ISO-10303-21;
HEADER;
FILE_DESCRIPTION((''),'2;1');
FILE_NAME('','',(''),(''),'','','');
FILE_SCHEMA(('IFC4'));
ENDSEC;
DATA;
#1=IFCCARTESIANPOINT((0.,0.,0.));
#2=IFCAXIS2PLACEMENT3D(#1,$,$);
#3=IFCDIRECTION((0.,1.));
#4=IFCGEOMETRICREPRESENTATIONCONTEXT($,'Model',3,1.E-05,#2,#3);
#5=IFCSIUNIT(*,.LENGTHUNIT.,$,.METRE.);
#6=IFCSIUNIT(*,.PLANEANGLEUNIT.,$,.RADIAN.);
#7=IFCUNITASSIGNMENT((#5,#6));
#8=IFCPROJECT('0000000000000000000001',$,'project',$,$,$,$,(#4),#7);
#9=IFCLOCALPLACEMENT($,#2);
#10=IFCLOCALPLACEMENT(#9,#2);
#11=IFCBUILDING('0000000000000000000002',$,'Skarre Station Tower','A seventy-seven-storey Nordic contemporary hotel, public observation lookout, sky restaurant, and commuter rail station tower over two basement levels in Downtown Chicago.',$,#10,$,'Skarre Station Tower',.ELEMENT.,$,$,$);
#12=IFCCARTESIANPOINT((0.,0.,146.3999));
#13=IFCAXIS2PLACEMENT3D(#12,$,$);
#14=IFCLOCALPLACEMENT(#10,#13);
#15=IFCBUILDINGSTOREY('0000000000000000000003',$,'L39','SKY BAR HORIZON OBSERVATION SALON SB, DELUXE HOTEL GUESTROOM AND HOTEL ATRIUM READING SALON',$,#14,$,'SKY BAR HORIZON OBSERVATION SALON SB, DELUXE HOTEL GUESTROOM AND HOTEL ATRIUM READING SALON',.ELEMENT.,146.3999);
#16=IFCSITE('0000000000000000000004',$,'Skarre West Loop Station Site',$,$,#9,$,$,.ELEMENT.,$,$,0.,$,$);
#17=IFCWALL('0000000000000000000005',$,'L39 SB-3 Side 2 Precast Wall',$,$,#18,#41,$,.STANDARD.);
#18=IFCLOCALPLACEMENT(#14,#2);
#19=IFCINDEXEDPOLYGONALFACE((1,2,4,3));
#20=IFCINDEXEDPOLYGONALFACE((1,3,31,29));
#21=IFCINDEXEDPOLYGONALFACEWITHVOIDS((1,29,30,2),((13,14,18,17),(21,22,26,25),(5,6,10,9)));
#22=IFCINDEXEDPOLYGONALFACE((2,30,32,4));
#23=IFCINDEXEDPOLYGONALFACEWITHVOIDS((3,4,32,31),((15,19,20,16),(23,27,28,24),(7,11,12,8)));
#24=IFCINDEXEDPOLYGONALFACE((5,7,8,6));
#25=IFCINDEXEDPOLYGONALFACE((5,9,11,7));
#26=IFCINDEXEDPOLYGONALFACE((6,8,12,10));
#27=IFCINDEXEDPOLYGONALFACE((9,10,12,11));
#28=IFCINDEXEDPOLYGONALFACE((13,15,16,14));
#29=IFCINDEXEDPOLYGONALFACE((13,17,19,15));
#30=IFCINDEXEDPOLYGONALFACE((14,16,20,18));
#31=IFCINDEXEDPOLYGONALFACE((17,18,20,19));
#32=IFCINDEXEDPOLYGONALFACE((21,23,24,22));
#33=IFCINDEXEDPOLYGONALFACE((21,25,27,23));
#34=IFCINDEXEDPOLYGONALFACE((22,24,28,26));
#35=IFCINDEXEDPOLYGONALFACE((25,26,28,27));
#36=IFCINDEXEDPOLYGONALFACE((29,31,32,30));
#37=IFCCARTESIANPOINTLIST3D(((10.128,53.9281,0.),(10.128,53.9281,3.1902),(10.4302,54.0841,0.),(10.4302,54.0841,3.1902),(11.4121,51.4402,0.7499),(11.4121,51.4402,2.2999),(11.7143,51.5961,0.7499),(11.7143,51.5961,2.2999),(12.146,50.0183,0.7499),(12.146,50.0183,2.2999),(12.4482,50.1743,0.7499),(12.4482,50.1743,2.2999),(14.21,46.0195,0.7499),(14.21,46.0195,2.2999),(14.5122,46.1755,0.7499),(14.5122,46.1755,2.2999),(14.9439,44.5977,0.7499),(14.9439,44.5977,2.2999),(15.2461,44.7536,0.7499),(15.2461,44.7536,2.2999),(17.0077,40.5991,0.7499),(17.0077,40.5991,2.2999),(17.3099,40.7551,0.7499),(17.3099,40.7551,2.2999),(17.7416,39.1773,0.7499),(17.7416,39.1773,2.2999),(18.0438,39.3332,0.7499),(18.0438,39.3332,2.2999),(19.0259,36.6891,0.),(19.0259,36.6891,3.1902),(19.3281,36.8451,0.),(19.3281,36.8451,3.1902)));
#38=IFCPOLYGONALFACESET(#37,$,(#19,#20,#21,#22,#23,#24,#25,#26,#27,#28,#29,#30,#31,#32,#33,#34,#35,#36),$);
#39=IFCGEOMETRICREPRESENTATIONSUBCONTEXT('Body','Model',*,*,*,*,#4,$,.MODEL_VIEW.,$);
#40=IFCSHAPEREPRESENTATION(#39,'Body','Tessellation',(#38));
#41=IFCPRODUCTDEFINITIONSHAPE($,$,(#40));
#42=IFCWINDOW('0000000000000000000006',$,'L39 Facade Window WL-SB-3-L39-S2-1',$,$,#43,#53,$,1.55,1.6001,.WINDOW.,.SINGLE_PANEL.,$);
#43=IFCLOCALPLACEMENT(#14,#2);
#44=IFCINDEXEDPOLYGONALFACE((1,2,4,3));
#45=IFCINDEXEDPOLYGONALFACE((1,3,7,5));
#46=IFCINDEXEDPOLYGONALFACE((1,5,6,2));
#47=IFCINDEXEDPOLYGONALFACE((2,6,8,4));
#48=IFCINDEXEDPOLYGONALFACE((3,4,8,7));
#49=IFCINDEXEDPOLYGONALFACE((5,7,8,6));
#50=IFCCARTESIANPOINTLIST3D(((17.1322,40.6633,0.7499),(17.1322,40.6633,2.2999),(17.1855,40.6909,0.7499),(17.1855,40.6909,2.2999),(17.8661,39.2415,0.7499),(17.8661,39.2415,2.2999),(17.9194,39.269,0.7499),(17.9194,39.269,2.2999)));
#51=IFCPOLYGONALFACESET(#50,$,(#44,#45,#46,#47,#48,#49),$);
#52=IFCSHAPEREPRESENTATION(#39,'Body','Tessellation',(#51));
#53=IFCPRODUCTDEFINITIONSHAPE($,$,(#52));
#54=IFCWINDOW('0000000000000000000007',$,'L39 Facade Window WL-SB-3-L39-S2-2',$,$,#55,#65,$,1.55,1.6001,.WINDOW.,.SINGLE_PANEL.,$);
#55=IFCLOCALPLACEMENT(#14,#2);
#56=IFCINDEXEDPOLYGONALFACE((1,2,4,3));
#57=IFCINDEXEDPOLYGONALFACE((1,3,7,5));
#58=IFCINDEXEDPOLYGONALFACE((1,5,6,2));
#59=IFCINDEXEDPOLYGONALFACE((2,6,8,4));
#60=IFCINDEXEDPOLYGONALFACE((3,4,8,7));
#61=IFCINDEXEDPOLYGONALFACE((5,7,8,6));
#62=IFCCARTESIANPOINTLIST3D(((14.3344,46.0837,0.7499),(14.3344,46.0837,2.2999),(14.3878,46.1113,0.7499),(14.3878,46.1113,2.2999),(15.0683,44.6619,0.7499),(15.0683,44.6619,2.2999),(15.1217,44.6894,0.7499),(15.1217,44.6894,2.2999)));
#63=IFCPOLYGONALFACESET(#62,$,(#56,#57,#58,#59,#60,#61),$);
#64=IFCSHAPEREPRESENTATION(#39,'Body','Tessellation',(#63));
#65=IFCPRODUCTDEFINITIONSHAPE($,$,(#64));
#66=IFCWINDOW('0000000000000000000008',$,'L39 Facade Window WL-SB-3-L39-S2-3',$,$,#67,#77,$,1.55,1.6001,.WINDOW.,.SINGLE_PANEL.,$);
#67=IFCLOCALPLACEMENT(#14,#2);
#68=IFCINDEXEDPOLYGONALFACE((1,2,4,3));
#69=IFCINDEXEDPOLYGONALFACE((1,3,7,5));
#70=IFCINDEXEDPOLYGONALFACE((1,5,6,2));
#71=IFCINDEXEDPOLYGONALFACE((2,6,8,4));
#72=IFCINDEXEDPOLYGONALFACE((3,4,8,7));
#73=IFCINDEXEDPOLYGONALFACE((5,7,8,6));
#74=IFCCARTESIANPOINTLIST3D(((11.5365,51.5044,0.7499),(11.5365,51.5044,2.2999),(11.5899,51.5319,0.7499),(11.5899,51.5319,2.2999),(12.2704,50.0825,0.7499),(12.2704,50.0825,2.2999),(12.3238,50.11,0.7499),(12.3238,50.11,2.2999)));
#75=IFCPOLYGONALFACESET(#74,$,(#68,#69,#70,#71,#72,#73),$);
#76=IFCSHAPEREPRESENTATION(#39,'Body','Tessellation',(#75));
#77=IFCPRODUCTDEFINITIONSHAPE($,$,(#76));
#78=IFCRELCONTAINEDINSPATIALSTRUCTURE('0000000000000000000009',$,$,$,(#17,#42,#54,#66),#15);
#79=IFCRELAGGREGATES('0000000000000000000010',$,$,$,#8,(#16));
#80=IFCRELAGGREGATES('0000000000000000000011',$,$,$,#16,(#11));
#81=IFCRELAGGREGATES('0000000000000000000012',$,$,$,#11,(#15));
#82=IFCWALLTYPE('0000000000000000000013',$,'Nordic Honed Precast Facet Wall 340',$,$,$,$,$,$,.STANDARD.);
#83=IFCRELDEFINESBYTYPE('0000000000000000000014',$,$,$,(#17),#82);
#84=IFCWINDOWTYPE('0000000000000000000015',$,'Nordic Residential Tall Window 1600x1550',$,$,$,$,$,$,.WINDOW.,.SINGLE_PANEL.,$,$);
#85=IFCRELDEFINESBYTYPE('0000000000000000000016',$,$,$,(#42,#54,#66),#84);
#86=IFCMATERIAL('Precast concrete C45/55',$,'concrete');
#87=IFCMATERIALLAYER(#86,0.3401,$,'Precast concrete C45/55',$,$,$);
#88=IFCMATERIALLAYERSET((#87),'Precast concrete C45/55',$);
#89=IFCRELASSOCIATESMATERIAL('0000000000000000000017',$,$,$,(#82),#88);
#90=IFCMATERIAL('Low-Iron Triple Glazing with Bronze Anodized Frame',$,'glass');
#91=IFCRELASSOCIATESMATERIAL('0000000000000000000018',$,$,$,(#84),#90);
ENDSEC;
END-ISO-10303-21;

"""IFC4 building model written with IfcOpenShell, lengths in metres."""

from ifc_helpers import new_model, si_unit, direction, frame, frame_2d, origin, place, context, subcontext, project, spatial, rectangle, extrude, material, layer, layer_set, type_object, element, fill, save


model = new_model("IFC4")

# Units and contexts
model_context = context("Model", 3, precision=1e-05, world=origin(), true_north=direction((0.0, 1.0)))
body_context = subcontext(model_context, "Body", "Model", "MODEL_VIEW")
ifc_project = project(units=[si_unit("LENGTHUNIT", "METRE"), si_unit("PLANEANGLEUNIT", "RADIAN")], contexts=[model_context])

# Site, building, storey
site_placement = place(None, origin())
site = spatial("IfcSite", under=ifc_project, at=site_placement, Name="Skarre West Loop Station Site", CompositionType="ELEMENT", RefElevation=0.0)
building_placement = place(site_placement, origin())
building = spatial("IfcBuilding", under=site, at=building_placement, Name="Skarre Station Tower", Description="A seventy-seven-storey Nordic contemporary hotel, public observation lookout, sky restaurant, and commuter rail station tower over two basement levels in Downtown Chicago.", LongName="Skarre Station Tower", CompositionType="ELEMENT")
storey_placement = place(building_placement, frame((0.0, 0.0, 146.3999)))
storey = spatial("IfcBuildingStorey", under=building, at=storey_placement, Name="L39", Description="SKY BAR HORIZON OBSERVATION SALON SB, DELUXE HOTEL GUESTROOM AND HOTEL ATRIUM READING SALON", LongName="SKY BAR HORIZON OBSERVATION SALON SB, DELUXE HOTEL GUESTROOM AND HOTEL ATRIUM READING SALON", CompositionType="ELEMENT", Elevation=146.3999)

# Wall, openings, windows
ifc_material_1 = material(Name="Precast concrete C45/55", Category="concrete")
ifc_layer_1 = layer(ifc_material_1, 0.3401, Name="Precast concrete C45/55")
ifc_layer_set_1 = layer_set([ifc_layer_1], Name="Precast concrete C45/55")
wall_type_1 = type_object("IfcWallType", Name="Nordic Honed Precast Facet Wall 340", PredefinedType="STANDARD", material=ifc_layer_set_1)
wall_1_placement = place(storey_placement, frame((19.177, 36.7671, 0.0), z_axis=(0.0, 0.0, 1.0), x_axis=(-0.458659, 0.888612, 0.0)))
wall_1 = element("IfcWall", 1, at=wall_1_placement, inside=storey, type_object=wall_type_1, Name="L39 SB-3 Side 2 Precast Wall", PredefinedType="STANDARD", context=body_context, shape_type="SweptSolid", body=[
    extrude(rectangle(XDim=19.3999, YDim=0.3401, at=frame_2d((9.7, 0.0))), origin(), (0.0, 0.0, 1.0), 3.1902),
])
opening_1_placement = place(wall_1_placement, frame((2.8, 0.0, 0.75)))
opening_1 = element("IfcOpeningElement", 2, at=opening_1_placement, cuts=wall_1, PredefinedType="OPENING", context=body_context, shape_type="SweptSolid", body=[
    extrude(rectangle(XDim=1.6001, YDim=1.55, at=frame_2d((0.8, 0.7749))), frame((0.0, 0.1799, 0.0), z_axis=(0.0, -1.0, 0.0), x_axis=(1.0, 0.0, 0.0)), (0.0, 0.0, 1.0), 0.3601),
])
opening_2_placement = place(wall_1_placement, frame((8.8999, 0.0, 0.75)))
opening_2 = element("IfcOpeningElement", 3, at=opening_2_placement, cuts=wall_1, PredefinedType="OPENING", context=body_context, shape_type="SweptSolid", body=[
    extrude(rectangle(XDim=1.6001, YDim=1.55, at=frame_2d((0.8, 0.7749))), frame((0.0, 0.1799, 0.0), z_axis=(0.0, -1.0, 0.0), x_axis=(1.0, 0.0, 0.0)), (0.0, 0.0, 1.0), 0.3601),
])
opening_3_placement = place(wall_1_placement, frame((15.0, 0.0, 0.75)))
opening_3 = element("IfcOpeningElement", 4, at=opening_3_placement, cuts=wall_1, PredefinedType="OPENING", context=body_context, shape_type="SweptSolid", body=[
    extrude(rectangle(XDim=1.6001, YDim=1.55, at=frame_2d((0.8, 0.7749))), frame((0.0, 0.1799, 0.0), z_axis=(0.0, -1.0, 0.0), x_axis=(1.0, 0.0, 0.0)), (0.0, 0.0, 1.0), 0.3601),
])
ifc_material_2 = material(Name="Low-Iron Triple Glazing with Bronze Anodized Frame", Category="glass")
window_type = type_object("IfcWindowType", Name="Nordic Residential Tall Window 1600x1550", PartitioningType="SINGLE_PANEL", PredefinedType="WINDOW", material=ifc_material_2)
window_1_placement = place(opening_1_placement, origin())
window_1 = element("IfcWindow", 5, at=window_1_placement, inside=storey, type_object=window_type, Name="L39 Facade Window WL-SB-3-L39-S2-1", OverallHeight=1.55, OverallWidth=1.6001, PartitioningType="SINGLE_PANEL", PredefinedType="WINDOW", context=body_context, shape_type="SweptSolid", body=[
    extrude(rectangle(XDim=1.6001, YDim=1.55, at=frame_2d((0.8, 0.7749))), frame((0.0, 0.03, 0.0), z_axis=(0.0, -1.0, 0.0), x_axis=(1.0, 0.0, 0.0)), (0.0, 0.0, 1.0), 0.0601),
])
fill(opening_1, window_1)
window_2_placement = place(opening_2_placement, origin())
window_2 = element("IfcWindow", 6, at=window_2_placement, inside=storey, type_object=window_type, Name="L39 Facade Window WL-SB-3-L39-S2-2", OverallHeight=1.55, OverallWidth=1.6001, PartitioningType="SINGLE_PANEL", PredefinedType="WINDOW", context=body_context, shape_type="SweptSolid", body=[
    extrude(rectangle(XDim=1.6001, YDim=1.55, at=frame_2d((0.8, 0.7749))), frame((0.0, 0.03, 0.0), z_axis=(0.0, -1.0, 0.0), x_axis=(1.0, 0.0, 0.0)), (0.0, 0.0, 1.0), 0.0601),
])
fill(opening_2, window_2)
window_3_placement = place(opening_3_placement, origin())
window_3 = element("IfcWindow", 7, at=window_3_placement, inside=storey, type_object=window_type, Name="L39 Facade Window WL-SB-3-L39-S2-3", OverallHeight=1.55, OverallWidth=1.6001, PartitioningType="SINGLE_PANEL", PredefinedType="WINDOW", context=body_context, shape_type="SweptSolid", body=[
    extrude(rectangle(XDim=1.6001, YDim=1.55, at=frame_2d((0.8, 0.7749))), frame((0.0, 0.03, 0.0), z_axis=(0.0, -1.0, 0.0), x_axis=(1.0, 0.0, 0.0)), (0.0, 0.0, 1.0), 0.0601),
])
fill(opening_3, window_3)

save(model, "model.ifc")
